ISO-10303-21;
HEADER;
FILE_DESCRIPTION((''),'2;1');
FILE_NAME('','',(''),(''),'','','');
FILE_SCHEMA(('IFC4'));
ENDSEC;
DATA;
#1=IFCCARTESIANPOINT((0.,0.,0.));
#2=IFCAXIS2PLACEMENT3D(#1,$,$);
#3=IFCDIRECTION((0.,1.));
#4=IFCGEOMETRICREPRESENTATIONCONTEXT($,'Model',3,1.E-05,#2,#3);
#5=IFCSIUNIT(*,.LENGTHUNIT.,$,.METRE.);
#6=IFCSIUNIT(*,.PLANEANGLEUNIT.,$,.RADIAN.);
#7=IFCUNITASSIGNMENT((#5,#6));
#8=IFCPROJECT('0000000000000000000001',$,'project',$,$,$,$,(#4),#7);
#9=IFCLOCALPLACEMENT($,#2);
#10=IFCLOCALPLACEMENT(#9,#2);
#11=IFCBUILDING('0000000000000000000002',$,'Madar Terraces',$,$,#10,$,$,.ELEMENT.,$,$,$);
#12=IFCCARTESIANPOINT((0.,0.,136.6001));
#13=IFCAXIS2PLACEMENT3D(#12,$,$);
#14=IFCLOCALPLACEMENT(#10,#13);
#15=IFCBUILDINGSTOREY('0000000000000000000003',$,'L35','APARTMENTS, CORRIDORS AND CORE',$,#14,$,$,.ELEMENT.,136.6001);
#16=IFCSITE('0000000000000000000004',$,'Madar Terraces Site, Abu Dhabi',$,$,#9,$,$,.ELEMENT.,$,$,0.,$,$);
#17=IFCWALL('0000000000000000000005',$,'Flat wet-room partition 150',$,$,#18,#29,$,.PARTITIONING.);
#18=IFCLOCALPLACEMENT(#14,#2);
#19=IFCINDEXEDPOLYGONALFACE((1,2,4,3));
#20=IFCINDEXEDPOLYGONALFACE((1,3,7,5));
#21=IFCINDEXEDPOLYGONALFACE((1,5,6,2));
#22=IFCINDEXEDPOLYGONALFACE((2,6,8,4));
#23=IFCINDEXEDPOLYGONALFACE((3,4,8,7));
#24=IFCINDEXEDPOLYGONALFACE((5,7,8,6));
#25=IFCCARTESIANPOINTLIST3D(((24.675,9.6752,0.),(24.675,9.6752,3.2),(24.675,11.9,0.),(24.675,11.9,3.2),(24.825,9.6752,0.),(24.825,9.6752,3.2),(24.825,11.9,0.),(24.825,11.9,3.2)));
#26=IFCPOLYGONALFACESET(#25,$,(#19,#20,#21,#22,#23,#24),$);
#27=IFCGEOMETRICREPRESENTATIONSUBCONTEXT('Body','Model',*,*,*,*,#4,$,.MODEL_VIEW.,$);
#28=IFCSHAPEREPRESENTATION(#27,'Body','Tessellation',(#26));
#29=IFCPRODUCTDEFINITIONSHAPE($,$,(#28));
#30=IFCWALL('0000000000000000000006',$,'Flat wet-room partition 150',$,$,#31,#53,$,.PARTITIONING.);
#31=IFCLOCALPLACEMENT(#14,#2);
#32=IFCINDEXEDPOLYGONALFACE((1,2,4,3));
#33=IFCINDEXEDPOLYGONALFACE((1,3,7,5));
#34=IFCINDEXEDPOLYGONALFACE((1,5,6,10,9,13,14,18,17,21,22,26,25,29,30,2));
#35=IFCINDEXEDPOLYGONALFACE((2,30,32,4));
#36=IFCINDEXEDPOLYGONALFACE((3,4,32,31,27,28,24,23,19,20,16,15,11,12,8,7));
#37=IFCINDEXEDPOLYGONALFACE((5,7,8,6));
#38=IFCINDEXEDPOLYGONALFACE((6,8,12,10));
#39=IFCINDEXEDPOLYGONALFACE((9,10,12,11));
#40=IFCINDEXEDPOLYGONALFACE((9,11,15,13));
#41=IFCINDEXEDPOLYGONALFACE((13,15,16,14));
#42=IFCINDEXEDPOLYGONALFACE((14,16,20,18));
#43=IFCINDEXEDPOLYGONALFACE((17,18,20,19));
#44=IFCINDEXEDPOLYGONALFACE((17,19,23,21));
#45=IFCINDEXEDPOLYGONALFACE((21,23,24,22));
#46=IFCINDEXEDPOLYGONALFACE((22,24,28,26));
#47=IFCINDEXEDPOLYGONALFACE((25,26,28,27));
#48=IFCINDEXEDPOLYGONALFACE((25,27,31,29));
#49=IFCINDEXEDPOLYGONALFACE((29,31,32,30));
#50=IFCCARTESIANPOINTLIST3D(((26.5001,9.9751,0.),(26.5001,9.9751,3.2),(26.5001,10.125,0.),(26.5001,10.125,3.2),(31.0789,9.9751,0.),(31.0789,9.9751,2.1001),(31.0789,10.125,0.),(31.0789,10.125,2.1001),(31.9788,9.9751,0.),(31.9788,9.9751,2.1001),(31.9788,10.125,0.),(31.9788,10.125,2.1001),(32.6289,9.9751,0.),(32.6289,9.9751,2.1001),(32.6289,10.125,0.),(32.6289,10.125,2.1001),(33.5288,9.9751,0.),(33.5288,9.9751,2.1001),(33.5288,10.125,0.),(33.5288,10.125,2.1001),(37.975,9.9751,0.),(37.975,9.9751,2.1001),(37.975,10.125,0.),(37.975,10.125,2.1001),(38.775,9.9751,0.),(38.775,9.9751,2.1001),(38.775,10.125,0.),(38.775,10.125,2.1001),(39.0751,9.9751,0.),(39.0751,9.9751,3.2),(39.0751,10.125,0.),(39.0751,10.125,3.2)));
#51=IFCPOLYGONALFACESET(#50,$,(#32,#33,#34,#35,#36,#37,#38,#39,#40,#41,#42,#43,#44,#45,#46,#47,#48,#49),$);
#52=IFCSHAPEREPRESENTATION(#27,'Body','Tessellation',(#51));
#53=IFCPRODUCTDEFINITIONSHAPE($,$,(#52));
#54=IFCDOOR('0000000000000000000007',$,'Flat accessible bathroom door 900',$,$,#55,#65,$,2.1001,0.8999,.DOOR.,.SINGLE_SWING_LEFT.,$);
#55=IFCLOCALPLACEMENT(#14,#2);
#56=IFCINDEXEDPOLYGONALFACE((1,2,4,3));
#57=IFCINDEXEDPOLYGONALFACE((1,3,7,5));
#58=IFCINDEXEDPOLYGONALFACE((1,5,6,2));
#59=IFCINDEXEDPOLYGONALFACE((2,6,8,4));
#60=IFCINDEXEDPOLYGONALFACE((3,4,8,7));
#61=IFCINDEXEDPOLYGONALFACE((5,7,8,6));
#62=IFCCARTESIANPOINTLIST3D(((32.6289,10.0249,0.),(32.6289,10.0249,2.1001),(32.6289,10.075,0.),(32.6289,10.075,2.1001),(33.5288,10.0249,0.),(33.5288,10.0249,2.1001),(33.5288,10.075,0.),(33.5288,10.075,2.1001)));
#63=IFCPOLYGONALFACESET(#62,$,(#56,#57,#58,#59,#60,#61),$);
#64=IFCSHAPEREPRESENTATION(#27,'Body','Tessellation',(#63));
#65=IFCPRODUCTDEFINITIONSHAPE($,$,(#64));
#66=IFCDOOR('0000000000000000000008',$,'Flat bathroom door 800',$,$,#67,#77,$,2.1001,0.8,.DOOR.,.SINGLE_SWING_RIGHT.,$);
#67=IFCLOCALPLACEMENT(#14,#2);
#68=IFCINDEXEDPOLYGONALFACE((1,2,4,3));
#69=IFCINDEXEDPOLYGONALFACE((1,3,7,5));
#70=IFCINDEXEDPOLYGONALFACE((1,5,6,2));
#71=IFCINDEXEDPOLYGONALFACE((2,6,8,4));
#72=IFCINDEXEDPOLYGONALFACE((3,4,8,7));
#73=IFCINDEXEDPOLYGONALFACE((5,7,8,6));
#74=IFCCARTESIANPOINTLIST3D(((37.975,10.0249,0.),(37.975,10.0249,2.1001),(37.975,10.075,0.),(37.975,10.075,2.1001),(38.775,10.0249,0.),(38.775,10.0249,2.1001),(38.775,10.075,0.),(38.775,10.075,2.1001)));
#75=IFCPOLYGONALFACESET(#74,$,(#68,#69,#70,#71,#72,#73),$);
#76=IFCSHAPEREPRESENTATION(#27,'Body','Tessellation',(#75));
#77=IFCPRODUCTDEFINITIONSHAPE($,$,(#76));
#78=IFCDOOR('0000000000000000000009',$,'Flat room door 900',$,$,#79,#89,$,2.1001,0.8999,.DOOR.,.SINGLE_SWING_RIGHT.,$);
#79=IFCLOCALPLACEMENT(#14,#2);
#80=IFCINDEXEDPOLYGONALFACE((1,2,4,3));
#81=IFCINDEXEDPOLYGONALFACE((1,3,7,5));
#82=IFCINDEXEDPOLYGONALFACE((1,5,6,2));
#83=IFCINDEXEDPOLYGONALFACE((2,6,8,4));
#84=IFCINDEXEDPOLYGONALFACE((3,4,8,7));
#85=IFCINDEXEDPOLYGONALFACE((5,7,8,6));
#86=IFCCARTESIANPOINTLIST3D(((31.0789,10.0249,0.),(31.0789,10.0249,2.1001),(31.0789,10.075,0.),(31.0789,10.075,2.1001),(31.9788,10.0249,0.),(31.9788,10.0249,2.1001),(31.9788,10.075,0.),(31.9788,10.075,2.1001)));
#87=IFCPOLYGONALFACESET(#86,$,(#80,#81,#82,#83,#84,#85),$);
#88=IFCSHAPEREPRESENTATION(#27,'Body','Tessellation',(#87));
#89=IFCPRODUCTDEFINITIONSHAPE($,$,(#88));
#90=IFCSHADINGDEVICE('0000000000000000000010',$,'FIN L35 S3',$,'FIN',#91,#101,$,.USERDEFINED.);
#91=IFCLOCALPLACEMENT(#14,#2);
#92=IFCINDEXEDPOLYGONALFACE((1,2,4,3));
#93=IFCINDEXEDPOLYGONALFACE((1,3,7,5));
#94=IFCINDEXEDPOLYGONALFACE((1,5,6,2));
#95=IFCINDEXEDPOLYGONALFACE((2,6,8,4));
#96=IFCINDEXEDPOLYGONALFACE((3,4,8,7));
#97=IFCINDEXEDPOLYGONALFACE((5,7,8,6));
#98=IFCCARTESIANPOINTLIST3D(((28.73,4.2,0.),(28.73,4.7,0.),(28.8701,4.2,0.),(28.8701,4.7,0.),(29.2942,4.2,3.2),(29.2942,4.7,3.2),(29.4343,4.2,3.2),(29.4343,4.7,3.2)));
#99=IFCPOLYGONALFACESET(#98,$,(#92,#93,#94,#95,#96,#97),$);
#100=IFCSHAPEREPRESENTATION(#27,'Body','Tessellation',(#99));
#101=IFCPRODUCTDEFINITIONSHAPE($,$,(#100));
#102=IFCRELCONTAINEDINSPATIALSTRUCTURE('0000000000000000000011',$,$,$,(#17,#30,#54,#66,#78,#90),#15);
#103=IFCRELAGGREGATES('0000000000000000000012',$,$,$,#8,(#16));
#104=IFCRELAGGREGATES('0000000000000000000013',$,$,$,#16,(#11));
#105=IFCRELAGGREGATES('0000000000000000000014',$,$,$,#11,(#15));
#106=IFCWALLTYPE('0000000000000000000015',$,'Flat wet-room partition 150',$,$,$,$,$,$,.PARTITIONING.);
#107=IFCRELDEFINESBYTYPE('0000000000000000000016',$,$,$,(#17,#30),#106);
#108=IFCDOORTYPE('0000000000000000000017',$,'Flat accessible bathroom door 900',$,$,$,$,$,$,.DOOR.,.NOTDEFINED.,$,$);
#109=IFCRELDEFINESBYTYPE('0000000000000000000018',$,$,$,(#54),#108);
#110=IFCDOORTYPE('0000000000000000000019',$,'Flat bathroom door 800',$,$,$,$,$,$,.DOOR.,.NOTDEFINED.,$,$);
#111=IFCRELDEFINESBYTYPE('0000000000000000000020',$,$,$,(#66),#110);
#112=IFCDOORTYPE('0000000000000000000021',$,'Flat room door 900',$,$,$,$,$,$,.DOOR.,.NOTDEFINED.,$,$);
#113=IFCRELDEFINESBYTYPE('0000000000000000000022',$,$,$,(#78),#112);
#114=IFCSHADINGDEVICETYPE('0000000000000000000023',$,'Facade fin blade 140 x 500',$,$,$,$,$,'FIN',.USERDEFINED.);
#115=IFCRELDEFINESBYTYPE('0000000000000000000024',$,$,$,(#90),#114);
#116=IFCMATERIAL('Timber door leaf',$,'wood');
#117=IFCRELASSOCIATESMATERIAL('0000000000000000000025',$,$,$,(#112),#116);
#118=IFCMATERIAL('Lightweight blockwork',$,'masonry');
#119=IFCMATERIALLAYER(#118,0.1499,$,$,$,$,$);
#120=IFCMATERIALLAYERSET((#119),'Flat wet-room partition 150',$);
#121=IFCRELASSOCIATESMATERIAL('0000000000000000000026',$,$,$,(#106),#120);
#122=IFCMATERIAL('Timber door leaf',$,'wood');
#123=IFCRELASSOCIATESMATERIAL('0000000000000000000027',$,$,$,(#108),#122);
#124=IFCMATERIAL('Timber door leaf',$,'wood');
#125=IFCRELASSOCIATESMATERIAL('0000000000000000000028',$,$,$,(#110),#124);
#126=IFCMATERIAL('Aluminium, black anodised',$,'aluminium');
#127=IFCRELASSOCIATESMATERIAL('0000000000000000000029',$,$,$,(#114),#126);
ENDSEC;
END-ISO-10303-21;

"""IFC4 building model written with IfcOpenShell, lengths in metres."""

from ifc_helpers import new_model, si_unit, direction, frame, frame_2d, origin, place, context, subcontext, project, spatial, polyline, rectangle, outline, extrude, material, layer, layer_set, type_object, element, fill, save


model = new_model("IFC4")

# Units and contexts
model_context = context("Model", 3, precision=1e-05, world=origin(), true_north=direction((0.0, 1.0)))
body_context = subcontext(model_context, "Body", "Model", "MODEL_VIEW")
ifc_project = project(units=[si_unit("LENGTHUNIT", "METRE"), si_unit("PLANEANGLEUNIT", "RADIAN")], contexts=[model_context])

# Site, building, storey
site_placement = place(None, origin())
site = spatial("IfcSite", under=ifc_project, at=site_placement, Name="Madar Terraces Site, Abu Dhabi", CompositionType="ELEMENT", RefElevation=0.0)
building_placement = place(site_placement, origin())
building = spatial("IfcBuilding", under=site, at=building_placement, Name="Madar Terraces", CompositionType="ELEMENT")
storey_placement = place(building_placement, frame((0.0, 0.0, 136.6001)))
storey = spatial("IfcBuildingStorey", under=building, at=storey_placement, Name="L35", Description="APARTMENTS, CORRIDORS AND CORE", CompositionType="ELEMENT", Elevation=136.6001)

# Shared definitions
ifc_material_1 = material(Name="Timber door leaf", Category="wood")
door_type_1 = type_object("IfcDoorType", Name="Flat room door 900", OperationType="NOTDEFINED", PredefinedType="DOOR", material=ifc_material_1)

# Wall
ifc_material_2 = material(Name="Lightweight blockwork", Category="masonry")
ifc_layer_1 = layer(ifc_material_2, 0.1499)
ifc_layer_set_1 = layer_set([ifc_layer_1], Name="Flat wet-room partition 150")
wall_type_1 = type_object("IfcWallType", Name="Flat wet-room partition 150", PredefinedType="PARTITIONING", material=ifc_layer_set_1)
wall_1_placement = place(storey_placement, frame((24.75, 11.8999, 0.0), z_axis=(0.0, 0.0, 1.0), x_axis=(0.0, -1.0, 0.0)))
element("IfcWall", 1, at=wall_1_placement, inside=storey, type_object=wall_type_1, Name="Flat wet-room partition 150", PredefinedType="PARTITIONING", context=body_context, shape_type="SweptSolid", body=[
    extrude(rectangle(XDim=2.2249, YDim=0.1499, at=frame_2d((1.1123, 0.0))), origin(), (0.0, 0.0, 1.0), 3.2),
])

# Wall, openings, doors
wall_2_placement = place(storey_placement, frame((26.5, 10.05, 0.0), z_axis=(0.0, 0.0, 1.0), x_axis=(1.0, 0.0, 0.0)))
wall_2 = element("IfcWall", 2, at=wall_2_placement, inside=storey, type_object=wall_type_1, Name="Flat wet-room partition 150", PredefinedType="PARTITIONING", context=body_context, shape_type="SweptSolid", body=[
    extrude(rectangle(XDim=12.575, YDim=0.1499, at=frame_2d((6.2876, 0.0))), origin(), (0.0, 0.0, 1.0), 3.2),
])
opening_1_placement = place(wall_2_placement, frame((11.4751, 0.0, 0.0)))
opening_1 = element("IfcOpeningElement", 3, at=opening_1_placement, cuts=wall_2, PredefinedType="OPENING", context=body_context, shape_type="SweptSolid", body=[
    extrude(rectangle(XDim=0.8, YDim=2.1001, at=frame_2d((0.3999, 1.05))), frame((0.0, 0.085, 0.0), z_axis=(0.0, -1.0, 0.0), x_axis=(1.0, 0.0, 0.0)), (0.0, 0.0, 1.0), 0.1699),
])
opening_2_placement = place(wall_2_placement, frame((6.1289, 0.0, 0.0)))
opening_2 = element("IfcOpeningElement", 4, at=opening_2_placement, cuts=wall_2, PredefinedType="OPENING", context=body_context, shape_type="SweptSolid", body=[
    extrude(rectangle(XDim=0.8999, YDim=2.1001, at=frame_2d((0.45, 1.05))), frame((0.0, 0.085, 0.0), z_axis=(0.0, -1.0, 0.0), x_axis=(1.0, 0.0, 0.0)), (0.0, 0.0, 1.0), 0.1699),
])
opening_3_placement = place(wall_2_placement, frame((4.5789, 0.0, 0.0)))
opening_3 = element("IfcOpeningElement", 5, at=opening_3_placement, cuts=wall_2, PredefinedType="OPENING", context=body_context, shape_type="SweptSolid", body=[
    extrude(rectangle(XDim=0.8999, YDim=2.1001, at=frame_2d((0.45, 1.05))), frame((0.0, 0.085, 0.0), z_axis=(0.0, -1.0, 0.0), x_axis=(1.0, 0.0, 0.0)), (0.0, 0.0, 1.0), 0.1699),
])
ifc_material_3 = material(Name="Timber door leaf", Category="wood")
door_type_2 = type_object("IfcDoorType", Name="Flat accessible bathroom door 900", OperationType="NOTDEFINED", PredefinedType="DOOR", material=ifc_material_3)
door_1_placement = place(opening_2_placement, origin())
door_1 = element("IfcDoor", 6, at=door_1_placement, inside=storey, type_object=door_type_2, Name="Flat accessible bathroom door 900", OperationType="SINGLE_SWING_LEFT", OverallHeight=2.1001, OverallWidth=0.8999, PredefinedType="DOOR", context=body_context, shape_type="SweptSolid", body=[
    extrude(rectangle(XDim=0.8999, YDim=2.1001, at=frame_2d((0.45, 1.05))), frame((0.0, 0.0249, 0.0), z_axis=(0.0, -1.0, 0.0), x_axis=(1.0, 0.0, 0.0)), (0.0, 0.0, 1.0), 0.05),
])
fill(opening_2, door_1)
ifc_material_4 = material(Name="Timber door leaf", Category="wood")
door_type_3 = type_object("IfcDoorType", Name="Flat bathroom door 800", OperationType="NOTDEFINED", PredefinedType="DOOR", material=ifc_material_4)
door_2_placement = place(opening_1_placement, origin())
door_2 = element("IfcDoor", 7, at=door_2_placement, inside=storey, type_object=door_type_3, Name="Flat bathroom door 800", OperationType="SINGLE_SWING_RIGHT", OverallHeight=2.1001, OverallWidth=0.8, PredefinedType="DOOR", context=body_context, shape_type="SweptSolid", body=[
    extrude(rectangle(XDim=0.8, YDim=2.1001, at=frame_2d((0.3999, 1.05))), frame((0.0, 0.0249, 0.0), z_axis=(0.0, -1.0, 0.0), x_axis=(1.0, 0.0, 0.0)), (0.0, 0.0, 1.0), 0.05),
])
fill(opening_1, door_2)
door_3_placement = place(opening_3_placement, origin())
door_3 = element("IfcDoor", 8, at=door_3_placement, inside=storey, type_object=door_type_1, Name="Flat room door 900", OperationType="SINGLE_SWING_RIGHT", OverallHeight=2.1001, OverallWidth=0.8999, PredefinedType="DOOR", context=body_context, shape_type="SweptSolid", body=[
    extrude(rectangle(XDim=0.8999, YDim=2.1001, at=frame_2d((0.45, 1.05))), frame((0.0, 0.0249, 0.0), z_axis=(0.0, -1.0, 0.0), x_axis=(1.0, 0.0, 0.0)), (0.0, 0.0, 1.0), 0.05),
])
fill(opening_3, door_3)

# Shading device
ifc_material_5 = material(Name="Aluminium, black anodised", Category="aluminium")
shading_device_type = type_object("IfcShadingDeviceType", Name="Facade fin blade 140 x 500", ElementType="FIN", PredefinedType="USERDEFINED", material=ifc_material_5)
shading_device_placement = place(storey_placement, frame((28.73, 4.45, 0.0), z_axis=(0.0, 0.0, 1.0), x_axis=(1.0, 0.0, 0.0)))
element("IfcShadingDevice", 9, at=shading_device_placement, inside=storey, type_object=shading_device_type, Name="FIN L35 S3", ObjectType="FIN", PredefinedType="USERDEFINED", context=body_context, shape_type="SweptSolid", body=[
    extrude(outline(polyline([(0.0, 0.0), (0.1401, 0.0), (0.7043, 3.2), (0.5642, 3.2), (0.0, 0.0)])), frame((0.0, 0.25, 0.0), z_axis=(0.0, -1.0, 0.0), x_axis=(1.0, 0.0, 0.0)), (0.0, 0.0, 1.0), 0.5),
])

save(model, "model.ifc")
